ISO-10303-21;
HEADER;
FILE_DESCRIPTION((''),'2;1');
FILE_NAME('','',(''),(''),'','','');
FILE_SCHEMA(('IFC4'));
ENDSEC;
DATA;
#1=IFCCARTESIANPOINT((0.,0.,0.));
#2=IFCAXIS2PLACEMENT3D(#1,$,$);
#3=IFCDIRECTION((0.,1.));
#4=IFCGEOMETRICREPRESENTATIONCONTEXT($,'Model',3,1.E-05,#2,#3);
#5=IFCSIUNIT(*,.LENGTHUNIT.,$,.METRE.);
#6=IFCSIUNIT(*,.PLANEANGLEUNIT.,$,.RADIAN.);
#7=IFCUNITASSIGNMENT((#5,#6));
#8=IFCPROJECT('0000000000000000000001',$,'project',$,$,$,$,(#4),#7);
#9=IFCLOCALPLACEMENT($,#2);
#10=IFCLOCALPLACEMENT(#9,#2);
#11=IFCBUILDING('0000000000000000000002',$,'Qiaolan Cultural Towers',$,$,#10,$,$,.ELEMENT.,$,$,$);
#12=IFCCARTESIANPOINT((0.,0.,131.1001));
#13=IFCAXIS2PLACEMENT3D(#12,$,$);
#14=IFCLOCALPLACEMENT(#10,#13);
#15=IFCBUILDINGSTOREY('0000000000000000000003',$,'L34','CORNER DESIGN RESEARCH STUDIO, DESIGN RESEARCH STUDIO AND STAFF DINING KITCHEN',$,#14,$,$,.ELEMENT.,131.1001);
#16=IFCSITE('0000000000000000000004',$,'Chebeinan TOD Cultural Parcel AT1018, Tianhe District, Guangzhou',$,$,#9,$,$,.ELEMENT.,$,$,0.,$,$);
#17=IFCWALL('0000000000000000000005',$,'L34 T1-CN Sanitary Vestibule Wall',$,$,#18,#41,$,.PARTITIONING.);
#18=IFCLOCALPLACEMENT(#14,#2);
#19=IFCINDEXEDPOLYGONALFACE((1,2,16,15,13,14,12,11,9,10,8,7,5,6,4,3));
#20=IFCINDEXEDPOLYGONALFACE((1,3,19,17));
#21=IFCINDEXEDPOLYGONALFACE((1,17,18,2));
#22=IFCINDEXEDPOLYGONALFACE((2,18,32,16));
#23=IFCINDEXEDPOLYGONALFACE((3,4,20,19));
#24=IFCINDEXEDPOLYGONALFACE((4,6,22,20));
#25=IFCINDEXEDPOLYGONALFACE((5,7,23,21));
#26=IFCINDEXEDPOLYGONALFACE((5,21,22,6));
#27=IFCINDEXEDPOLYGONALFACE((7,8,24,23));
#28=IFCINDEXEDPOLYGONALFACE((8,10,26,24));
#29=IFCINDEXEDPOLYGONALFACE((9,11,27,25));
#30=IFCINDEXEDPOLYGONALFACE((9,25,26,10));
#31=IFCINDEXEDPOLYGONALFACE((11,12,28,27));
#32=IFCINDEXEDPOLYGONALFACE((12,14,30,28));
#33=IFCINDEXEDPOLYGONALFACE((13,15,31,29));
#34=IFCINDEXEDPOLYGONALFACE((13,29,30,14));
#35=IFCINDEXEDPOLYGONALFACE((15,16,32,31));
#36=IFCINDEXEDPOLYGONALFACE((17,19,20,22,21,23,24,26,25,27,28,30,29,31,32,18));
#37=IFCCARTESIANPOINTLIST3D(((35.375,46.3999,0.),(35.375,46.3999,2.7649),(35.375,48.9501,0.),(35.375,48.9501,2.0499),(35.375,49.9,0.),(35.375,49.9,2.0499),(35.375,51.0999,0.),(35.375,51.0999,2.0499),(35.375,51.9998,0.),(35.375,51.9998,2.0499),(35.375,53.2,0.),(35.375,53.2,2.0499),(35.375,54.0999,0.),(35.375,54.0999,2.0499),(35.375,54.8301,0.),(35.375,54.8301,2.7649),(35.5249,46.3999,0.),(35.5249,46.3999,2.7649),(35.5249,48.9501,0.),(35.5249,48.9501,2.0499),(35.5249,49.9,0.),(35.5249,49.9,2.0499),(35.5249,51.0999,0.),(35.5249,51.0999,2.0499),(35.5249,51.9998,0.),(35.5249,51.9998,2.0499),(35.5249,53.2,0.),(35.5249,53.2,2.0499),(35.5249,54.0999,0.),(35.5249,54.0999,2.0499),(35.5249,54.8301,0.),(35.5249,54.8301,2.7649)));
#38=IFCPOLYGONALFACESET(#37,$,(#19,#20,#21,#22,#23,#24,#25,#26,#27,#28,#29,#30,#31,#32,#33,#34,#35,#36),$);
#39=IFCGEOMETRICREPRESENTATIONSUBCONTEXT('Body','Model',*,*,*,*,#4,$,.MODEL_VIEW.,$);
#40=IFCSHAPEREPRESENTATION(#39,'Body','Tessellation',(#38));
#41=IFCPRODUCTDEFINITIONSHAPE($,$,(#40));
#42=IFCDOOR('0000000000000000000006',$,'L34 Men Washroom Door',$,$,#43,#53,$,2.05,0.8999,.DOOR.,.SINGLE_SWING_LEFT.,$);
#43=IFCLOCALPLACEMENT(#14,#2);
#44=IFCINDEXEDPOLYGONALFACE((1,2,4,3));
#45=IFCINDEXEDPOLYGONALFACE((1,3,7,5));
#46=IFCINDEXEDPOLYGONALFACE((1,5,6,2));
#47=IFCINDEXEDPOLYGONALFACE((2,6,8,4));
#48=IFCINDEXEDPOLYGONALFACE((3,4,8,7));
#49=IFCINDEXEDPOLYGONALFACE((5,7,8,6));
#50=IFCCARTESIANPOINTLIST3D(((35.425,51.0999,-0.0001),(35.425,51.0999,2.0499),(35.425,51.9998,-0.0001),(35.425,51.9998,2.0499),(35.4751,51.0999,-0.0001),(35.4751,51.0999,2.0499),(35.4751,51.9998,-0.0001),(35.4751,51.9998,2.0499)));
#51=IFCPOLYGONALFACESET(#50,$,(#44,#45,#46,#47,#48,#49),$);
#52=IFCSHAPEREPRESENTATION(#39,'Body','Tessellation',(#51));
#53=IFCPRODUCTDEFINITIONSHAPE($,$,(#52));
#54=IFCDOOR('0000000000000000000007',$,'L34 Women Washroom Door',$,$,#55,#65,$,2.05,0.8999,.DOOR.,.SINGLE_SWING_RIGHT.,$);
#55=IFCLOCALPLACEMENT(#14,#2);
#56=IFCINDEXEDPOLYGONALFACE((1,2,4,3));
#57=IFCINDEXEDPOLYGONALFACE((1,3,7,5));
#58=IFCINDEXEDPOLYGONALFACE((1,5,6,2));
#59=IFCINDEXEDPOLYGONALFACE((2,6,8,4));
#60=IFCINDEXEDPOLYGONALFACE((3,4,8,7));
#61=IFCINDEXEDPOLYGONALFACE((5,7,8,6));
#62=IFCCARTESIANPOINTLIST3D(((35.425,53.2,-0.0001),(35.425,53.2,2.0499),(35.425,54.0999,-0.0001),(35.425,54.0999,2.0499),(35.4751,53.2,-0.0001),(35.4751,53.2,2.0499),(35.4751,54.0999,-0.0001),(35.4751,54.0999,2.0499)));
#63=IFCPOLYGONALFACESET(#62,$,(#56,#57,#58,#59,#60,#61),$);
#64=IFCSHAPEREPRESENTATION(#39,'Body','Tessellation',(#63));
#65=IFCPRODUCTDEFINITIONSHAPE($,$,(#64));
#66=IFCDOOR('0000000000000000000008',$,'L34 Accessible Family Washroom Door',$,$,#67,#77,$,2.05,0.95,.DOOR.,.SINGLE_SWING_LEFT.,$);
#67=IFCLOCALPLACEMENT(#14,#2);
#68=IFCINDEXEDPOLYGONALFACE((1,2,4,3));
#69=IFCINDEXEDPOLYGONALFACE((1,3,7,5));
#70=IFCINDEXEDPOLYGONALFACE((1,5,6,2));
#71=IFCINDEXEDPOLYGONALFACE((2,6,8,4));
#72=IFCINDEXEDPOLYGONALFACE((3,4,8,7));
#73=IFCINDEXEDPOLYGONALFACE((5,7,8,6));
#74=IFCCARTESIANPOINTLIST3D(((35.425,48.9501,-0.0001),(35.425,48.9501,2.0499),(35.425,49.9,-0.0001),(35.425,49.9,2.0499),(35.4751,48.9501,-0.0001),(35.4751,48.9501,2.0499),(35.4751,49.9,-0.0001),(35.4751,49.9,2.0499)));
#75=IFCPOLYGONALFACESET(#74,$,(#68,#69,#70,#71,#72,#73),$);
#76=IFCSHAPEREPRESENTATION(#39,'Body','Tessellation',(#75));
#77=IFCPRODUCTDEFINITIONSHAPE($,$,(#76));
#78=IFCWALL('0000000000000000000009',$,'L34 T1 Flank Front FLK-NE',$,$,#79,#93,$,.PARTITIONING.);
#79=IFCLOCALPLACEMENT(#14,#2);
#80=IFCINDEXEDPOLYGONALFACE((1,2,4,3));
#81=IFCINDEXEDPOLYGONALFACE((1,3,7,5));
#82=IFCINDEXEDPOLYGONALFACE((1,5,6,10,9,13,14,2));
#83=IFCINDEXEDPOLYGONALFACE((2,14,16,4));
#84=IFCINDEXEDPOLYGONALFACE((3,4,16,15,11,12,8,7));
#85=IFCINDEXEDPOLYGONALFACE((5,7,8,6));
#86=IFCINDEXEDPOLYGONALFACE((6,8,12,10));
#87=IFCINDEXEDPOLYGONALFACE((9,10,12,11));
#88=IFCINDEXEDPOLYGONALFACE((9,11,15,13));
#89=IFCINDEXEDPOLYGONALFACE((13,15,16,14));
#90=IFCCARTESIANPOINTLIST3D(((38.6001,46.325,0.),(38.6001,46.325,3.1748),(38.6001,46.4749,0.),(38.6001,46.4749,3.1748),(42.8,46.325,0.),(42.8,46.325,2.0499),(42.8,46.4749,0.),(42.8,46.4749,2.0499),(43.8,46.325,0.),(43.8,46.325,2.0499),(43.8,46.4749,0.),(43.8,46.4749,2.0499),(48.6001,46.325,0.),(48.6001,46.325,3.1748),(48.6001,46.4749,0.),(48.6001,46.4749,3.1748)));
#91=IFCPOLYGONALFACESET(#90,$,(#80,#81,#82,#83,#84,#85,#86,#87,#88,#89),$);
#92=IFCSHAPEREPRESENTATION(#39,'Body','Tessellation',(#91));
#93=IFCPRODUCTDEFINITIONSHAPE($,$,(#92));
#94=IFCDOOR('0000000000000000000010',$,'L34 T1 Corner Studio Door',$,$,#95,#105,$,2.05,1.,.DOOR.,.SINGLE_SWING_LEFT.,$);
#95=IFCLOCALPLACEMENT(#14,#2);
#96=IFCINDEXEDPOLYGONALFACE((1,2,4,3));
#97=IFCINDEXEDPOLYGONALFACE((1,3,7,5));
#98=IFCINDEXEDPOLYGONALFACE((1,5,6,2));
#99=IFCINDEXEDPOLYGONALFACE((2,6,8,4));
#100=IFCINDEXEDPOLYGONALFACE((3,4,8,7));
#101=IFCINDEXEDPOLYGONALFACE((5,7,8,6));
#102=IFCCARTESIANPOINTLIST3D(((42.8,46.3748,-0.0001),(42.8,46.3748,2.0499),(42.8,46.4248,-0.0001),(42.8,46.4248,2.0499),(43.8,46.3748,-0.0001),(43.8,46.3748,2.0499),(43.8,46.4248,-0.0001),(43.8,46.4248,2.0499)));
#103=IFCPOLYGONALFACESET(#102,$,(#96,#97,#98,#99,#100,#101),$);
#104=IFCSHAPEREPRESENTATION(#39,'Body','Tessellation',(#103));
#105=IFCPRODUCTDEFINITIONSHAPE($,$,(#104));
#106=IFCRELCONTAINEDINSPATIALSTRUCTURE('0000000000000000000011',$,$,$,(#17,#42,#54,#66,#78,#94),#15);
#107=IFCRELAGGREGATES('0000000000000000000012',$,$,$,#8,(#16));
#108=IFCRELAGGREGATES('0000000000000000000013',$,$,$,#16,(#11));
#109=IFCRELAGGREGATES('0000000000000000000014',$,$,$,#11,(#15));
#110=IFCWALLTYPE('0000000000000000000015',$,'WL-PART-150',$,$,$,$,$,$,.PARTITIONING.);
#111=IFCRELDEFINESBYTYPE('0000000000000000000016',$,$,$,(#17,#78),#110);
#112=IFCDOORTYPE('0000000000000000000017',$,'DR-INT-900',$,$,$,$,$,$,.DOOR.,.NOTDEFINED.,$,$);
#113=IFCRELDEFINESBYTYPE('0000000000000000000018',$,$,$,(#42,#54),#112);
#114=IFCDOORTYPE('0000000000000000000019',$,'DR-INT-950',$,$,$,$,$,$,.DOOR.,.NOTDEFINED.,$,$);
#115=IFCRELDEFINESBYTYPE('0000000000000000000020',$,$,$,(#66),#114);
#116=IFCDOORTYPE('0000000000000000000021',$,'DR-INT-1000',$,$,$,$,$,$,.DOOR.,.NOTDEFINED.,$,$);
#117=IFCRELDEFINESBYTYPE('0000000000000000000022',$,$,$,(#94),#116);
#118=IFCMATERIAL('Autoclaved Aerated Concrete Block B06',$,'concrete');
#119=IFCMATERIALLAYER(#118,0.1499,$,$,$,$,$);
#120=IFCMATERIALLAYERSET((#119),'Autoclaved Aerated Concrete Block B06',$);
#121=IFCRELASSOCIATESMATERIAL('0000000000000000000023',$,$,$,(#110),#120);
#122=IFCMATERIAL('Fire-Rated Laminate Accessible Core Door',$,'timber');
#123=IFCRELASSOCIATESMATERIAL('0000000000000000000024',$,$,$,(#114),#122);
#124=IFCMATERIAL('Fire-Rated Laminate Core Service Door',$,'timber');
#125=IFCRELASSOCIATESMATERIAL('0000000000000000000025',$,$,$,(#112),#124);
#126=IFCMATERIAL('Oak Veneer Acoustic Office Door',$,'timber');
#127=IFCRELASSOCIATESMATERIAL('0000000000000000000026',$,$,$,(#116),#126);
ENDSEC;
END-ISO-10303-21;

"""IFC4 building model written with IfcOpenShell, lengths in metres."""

from ifc_helpers import new_model, si_unit, direction, frame, frame_2d, origin, place, context, subcontext, project, spatial, rectangle, extrude, material, layer, layer_set, type_object, element, fill, save


model = new_model("IFC4")

# Units and contexts
model_context = context("Model", 3, precision=1e-05, world=origin(), true_north=direction((0.0, 1.0)))
body_context = subcontext(model_context, "Body", "Model", "MODEL_VIEW")
ifc_project = project(units=[si_unit("LENGTHUNIT", "METRE"), si_unit("PLANEANGLEUNIT", "RADIAN")], contexts=[model_context])

# Site, building, storey
site_placement = place(None, origin())
site = spatial("IfcSite", under=ifc_project, at=site_placement, Name="Chebeinan TOD Cultural Parcel AT1018, Tianhe District, Guangzhou", CompositionType="ELEMENT", RefElevation=0.0)
building_placement = place(site_placement, origin())
building = spatial("IfcBuilding", under=site, at=building_placement, Name="Qiaolan Cultural Towers", CompositionType="ELEMENT")
storey_placement = place(building_placement, frame((0.0, 0.0, 131.1001)))
storey = spatial("IfcBuildingStorey", under=building, at=storey_placement, Name="L34", Description="CORNER DESIGN RESEARCH STUDIO, DESIGN RESEARCH STUDIO AND STAFF DINING KITCHEN", CompositionType="ELEMENT", Elevation=131.1001)

# Shared definitions
ifc_material_1 = material(Name="Autoclaved Aerated Concrete Block B06", Category="concrete")
ifc_layer_1 = layer(ifc_material_1, 0.1499)
ifc_layer_set_1 = layer_set([ifc_layer_1], Name="Autoclaved Aerated Concrete Block B06")
wall_type_1 = type_object("IfcWallType", Name="WL-PART-150", PredefinedType="PARTITIONING", material=ifc_layer_set_1)
ifc_material_2 = material(Name="Fire-Rated Laminate Accessible Core Door", Category="timber")
door_type_1 = type_object("IfcDoorType", Name="DR-INT-950", OperationType="NOTDEFINED", PredefinedType="DOOR", material=ifc_material_2)

# Wall, openings, doors
wall_1_placement = place(storey_placement, frame((35.45, 46.3999, 0.0), z_axis=(0.0, 0.0, 1.0), x_axis=(0.0, 1.0, 0.0)))
wall_1 = element("IfcWall", 1, at=wall_1_placement, inside=storey, type_object=wall_type_1, Name="L34 T1-CN Sanitary Vestibule Wall", PredefinedType="PARTITIONING", context=body_context, shape_type="SweptSolid", body=[
    extrude(rectangle(XDim=8.4302, YDim=0.1499, at=frame_2d((4.2151, 0.0))), origin(), (0.0, 0.0, 1.0), 2.7649),
])
opening_1_placement = place(wall_1_placement, frame((2.55, 0.0, 0.0)))
opening_1 = element("IfcOpeningElement", 2, at=opening_1_placement, cuts=wall_1, PredefinedType="OPENING", context=body_context, shape_type="SweptSolid", body=[
    extrude(rectangle(XDim=0.95, YDim=2.05, at=frame_2d((0.4751, 1.0249))), frame((0.0, 0.085, 0.0), z_axis=(0.0, -1.0, 0.0), x_axis=(1.0, 0.0, 0.0)), (0.0, 0.0, 1.0), 0.1699),
])
opening_2_placement = place(wall_1_placement, frame((4.7, 0.0, 0.0)))
opening_2 = element("IfcOpeningElement", 3, at=opening_2_placement, cuts=wall_1, PredefinedType="OPENING", context=body_context, shape_type="SweptSolid", body=[
    extrude(rectangle(XDim=0.8999, YDim=2.05, at=frame_2d((0.45, 1.0249))), frame((0.0, 0.085, 0.0), z_axis=(0.0, -1.0, 0.0), x_axis=(1.0, 0.0, 0.0)), (0.0, 0.0, 1.0), 0.1699),
])
opening_3_placement = place(wall_1_placement, frame((6.8, 0.0, 0.0)))
opening_3 = element("IfcOpeningElement", 4, at=opening_3_placement, cuts=wall_1, PredefinedType="OPENING", context=body_context, shape_type="SweptSolid", body=[
    extrude(rectangle(XDim=0.8999, YDim=2.05, at=frame_2d((0.45, 1.0249))), frame((0.0, 0.085, 0.0), z_axis=(0.0, -1.0, 0.0), x_axis=(1.0, 0.0, 0.0)), (0.0, 0.0, 1.0), 0.1699),
])
ifc_material_3 = material(Name="Fire-Rated Laminate Core Service Door", Category="timber")
door_type_2 = type_object("IfcDoorType", Name="DR-INT-900", OperationType="NOTDEFINED", PredefinedType="DOOR", material=ifc_material_3)
door_1_placement = place(opening_2_placement, origin())
door_1 = element("IfcDoor", 5, at=door_1_placement, inside=storey, type_object=door_type_2, Name="L34 Men Washroom Door", OperationType="SINGLE_SWING_LEFT", OverallHeight=2.05, OverallWidth=0.8999, PredefinedType="DOOR", context=body_context, shape_type="SweptSolid", body=[
    extrude(rectangle(XDim=0.8999, YDim=2.05, at=frame_2d((0.45, 1.0249))), frame((0.0, 0.0249, 0.0), z_axis=(0.0, -1.0, 0.0), x_axis=(1.0, 0.0, 0.0)), (0.0, 0.0, 1.0), 0.05),
])
fill(opening_2, door_1)
door_2_placement = place(opening_3_placement, origin())
door_2 = element("IfcDoor", 6, at=door_2_placement, inside=storey, type_object=door_type_2, Name="L34 Women Washroom Door", OperationType="SINGLE_SWING_RIGHT", OverallHeight=2.05, OverallWidth=0.8999, PredefinedType="DOOR", context=body_context, shape_type="SweptSolid", body=[
    extrude(rectangle(XDim=0.8999, YDim=2.05, at=frame_2d((0.45, 1.0249))), frame((0.0, 0.0249, 0.0), z_axis=(0.0, -1.0, 0.0), x_axis=(1.0, 0.0, 0.0)), (0.0, 0.0, 1.0), 0.05),
])
fill(opening_3, door_2)
door_3_placement = place(opening_1_placement, origin())
door_3 = element("IfcDoor", 7, at=door_3_placement, inside=storey, type_object=door_type_1, Name="L34 Accessible Family Washroom Door", OperationType="SINGLE_SWING_LEFT", OverallHeight=2.05, OverallWidth=0.95, PredefinedType="DOOR", context=body_context, shape_type="SweptSolid", body=[
    extrude(rectangle(XDim=0.95, YDim=2.05, at=frame_2d((0.4751, 1.0249))), frame((0.0, 0.0249, 0.0), z_axis=(0.0, -1.0, 0.0), x_axis=(1.0, 0.0, 0.0)), (0.0, 0.0, 1.0), 0.05),
])
fill(opening_1, door_3)

# Wall, opening, door
wall_2_placement = place(storey_placement, frame((38.6001, 46.3999, 0.0), z_axis=(0.0, 0.0, 1.0), x_axis=(1.0, 0.0, 0.0)))
wall_2 = element("IfcWall", 8, at=wall_2_placement, inside=storey, type_object=wall_type_1, Name="L34 T1 Flank Front FLK-NE", PredefinedType="PARTITIONING", context=body_context, shape_type="SweptSolid", body=[
    extrude(rectangle(XDim=10.0, YDim=0.1499, at=frame_2d((5.0, 0.0))), origin(), (0.0, 0.0, 1.0), 3.1748),
])
opening_4_placement = place(wall_2_placement, frame((4.2, 0.0, 0.0)))
opening_4 = element("IfcOpeningElement", 9, at=opening_4_placement, cuts=wall_2, PredefinedType="OPENING", context=body_context, shape_type="SweptSolid", body=[
    extrude(rectangle(XDim=1.0, YDim=2.05, at=frame_2d((0.5, 1.0249))), frame((0.0, 0.085, 0.0), z_axis=(0.0, -1.0, 0.0), x_axis=(1.0, 0.0, 0.0)), (0.0, 0.0, 1.0), 0.1699),
])
ifc_material_4 = material(Name="Oak Veneer Acoustic Office Door", Category="timber")
door_type_3 = type_object("IfcDoorType", Name="DR-INT-1000", OperationType="NOTDEFINED", PredefinedType="DOOR", material=ifc_material_4)
door_4_placement = place(opening_4_placement, origin())
door_4 = element("IfcDoor", 10, at=door_4_placement, inside=storey, type_object=door_type_3, Name="L34 T1 Corner Studio Door", OperationType="SINGLE_SWING_LEFT", OverallHeight=2.05, OverallWidth=1.0, PredefinedType="DOOR", context=body_context, shape_type="SweptSolid", body=[
    extrude(rectangle(XDim=1.0, YDim=2.05, at=frame_2d((0.5, 1.0249))), frame((0.0, 0.0249, 0.0), z_axis=(0.0, -1.0, 0.0), x_axis=(1.0, 0.0, 0.0)), (0.0, 0.0, 1.0), 0.05),
])
fill(opening_4, door_4)

save(model, "model.ifc")
